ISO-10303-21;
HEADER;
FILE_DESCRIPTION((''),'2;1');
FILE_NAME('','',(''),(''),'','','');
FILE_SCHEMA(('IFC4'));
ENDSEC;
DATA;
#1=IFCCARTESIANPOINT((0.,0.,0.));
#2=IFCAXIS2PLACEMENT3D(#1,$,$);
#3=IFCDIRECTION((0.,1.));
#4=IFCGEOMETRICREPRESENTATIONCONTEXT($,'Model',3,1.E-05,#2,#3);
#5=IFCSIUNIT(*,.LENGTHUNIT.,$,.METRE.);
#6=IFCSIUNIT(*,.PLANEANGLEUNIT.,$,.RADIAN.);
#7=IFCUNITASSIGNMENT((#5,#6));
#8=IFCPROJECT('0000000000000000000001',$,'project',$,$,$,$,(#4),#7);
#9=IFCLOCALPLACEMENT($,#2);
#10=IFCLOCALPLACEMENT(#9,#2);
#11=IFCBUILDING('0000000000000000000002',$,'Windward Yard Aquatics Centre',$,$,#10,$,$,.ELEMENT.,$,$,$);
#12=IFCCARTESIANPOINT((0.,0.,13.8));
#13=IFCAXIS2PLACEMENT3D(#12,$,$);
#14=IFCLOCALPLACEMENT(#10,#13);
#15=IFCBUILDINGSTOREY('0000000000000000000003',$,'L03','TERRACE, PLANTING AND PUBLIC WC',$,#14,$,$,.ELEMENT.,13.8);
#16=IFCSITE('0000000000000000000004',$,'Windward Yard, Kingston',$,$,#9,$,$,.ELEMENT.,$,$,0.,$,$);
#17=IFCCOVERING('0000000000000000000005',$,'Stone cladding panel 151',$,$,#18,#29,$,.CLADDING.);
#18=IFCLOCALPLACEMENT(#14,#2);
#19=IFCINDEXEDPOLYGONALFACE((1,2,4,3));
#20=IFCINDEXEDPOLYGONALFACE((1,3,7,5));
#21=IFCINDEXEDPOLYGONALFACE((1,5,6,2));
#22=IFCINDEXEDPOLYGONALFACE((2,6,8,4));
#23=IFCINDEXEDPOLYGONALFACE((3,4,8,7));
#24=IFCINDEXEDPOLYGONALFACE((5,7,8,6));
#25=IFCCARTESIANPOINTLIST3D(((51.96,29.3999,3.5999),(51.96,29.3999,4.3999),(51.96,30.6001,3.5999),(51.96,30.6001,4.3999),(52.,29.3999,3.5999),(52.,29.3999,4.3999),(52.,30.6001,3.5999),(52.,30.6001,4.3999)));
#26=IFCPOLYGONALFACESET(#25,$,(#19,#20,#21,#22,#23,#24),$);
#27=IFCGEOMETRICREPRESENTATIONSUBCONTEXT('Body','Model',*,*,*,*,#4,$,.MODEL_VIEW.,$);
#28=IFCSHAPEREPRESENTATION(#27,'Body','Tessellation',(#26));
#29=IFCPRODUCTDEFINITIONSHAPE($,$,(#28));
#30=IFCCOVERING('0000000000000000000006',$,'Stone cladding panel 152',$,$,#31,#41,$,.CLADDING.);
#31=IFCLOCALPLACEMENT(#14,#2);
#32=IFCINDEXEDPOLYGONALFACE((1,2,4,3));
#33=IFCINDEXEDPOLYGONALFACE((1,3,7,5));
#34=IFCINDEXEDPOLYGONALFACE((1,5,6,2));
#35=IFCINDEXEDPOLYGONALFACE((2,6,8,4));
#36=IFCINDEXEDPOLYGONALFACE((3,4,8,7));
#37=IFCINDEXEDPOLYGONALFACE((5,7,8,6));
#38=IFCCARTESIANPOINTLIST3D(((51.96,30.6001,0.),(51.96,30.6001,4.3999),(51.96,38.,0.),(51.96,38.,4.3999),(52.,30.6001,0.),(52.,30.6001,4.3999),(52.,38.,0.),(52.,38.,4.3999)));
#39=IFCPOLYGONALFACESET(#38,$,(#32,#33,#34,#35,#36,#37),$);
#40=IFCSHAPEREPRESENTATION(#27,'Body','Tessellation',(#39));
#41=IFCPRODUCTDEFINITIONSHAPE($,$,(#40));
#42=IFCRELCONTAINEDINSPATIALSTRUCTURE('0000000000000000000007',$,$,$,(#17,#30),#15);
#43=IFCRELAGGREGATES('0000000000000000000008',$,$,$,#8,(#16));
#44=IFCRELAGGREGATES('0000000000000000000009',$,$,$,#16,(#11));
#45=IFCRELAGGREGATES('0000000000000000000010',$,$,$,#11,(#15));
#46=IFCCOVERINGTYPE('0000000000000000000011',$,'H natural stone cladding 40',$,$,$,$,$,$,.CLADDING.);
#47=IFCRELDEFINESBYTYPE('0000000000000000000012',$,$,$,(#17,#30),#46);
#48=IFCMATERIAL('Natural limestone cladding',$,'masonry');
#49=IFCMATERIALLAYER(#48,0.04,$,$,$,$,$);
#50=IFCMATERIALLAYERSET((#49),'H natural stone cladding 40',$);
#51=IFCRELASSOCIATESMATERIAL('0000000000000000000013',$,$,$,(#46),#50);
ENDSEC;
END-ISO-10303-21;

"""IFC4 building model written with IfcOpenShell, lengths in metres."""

from ifc_helpers import new_model, si_unit, direction, frame, origin, place, context, subcontext, project, spatial, polyline, outline, extrude, material, layer, layer_set, type_object, element, save


model = new_model("IFC4")

# Units and contexts
model_context = context("Model", 3, precision=1e-05, world=origin(), true_north=direction((0.0, 1.0)))
body_context = subcontext(model_context, "Body", "Model", "MODEL_VIEW")
ifc_project = project(units=[si_unit("LENGTHUNIT", "METRE"), si_unit("PLANEANGLEUNIT", "RADIAN")], contexts=[model_context])

# Site, building, storey
site_placement = place(None, origin())
site = spatial("IfcSite", under=ifc_project, at=site_placement, Name="Windward Yard, Kingston", CompositionType="ELEMENT", RefElevation=0.0)
building_placement = place(site_placement, origin())
building = spatial("IfcBuilding", under=site, at=building_placement, Name="Windward Yard Aquatics Centre", CompositionType="ELEMENT")
storey_placement = place(building_placement, frame((0.0, 0.0, 13.8)))
storey = spatial("IfcBuildingStorey", under=building, at=storey_placement, Name="L03", Description="TERRACE, PLANTING AND PUBLIC WC", CompositionType="ELEMENT", Elevation=13.8)

# Coverings
ifc_material_1 = material(Name="Natural limestone cladding", Category="masonry")
ifc_layer_1 = layer(ifc_material_1, 0.04)
ifc_layer_set_1 = layer_set([ifc_layer_1], Name="H natural stone cladding 40")
covering_type = type_object("IfcCoveringType", Name="H natural stone cladding 40", PredefinedType="CLADDING", material=ifc_layer_set_1)
covering_1_placement = place(storey_placement, frame((0.0, 0.0, 3.5999)))
element("IfcCovering", 1, at=covering_1_placement, inside=storey, type_object=covering_type, Name="Stone cladding panel 151", PredefinedType="CLADDING", context=body_context, shape_type="SweptSolid", body=[
    extrude(outline(polyline([(51.96, 29.3999), (52.0, 29.3999), (52.0, 30.6001), (51.96, 30.6001), (51.96, 29.3999)])), origin(), (0.0, 0.0, 1.0), 0.8),
])
covering_2_placement = place(storey_placement, origin())
element("IfcCovering", 2, at=covering_2_placement, inside=storey, type_object=covering_type, Name="Stone cladding panel 152", PredefinedType="CLADDING", context=body_context, shape_type="SweptSolid", body=[
    extrude(outline(polyline([(51.96, 30.6001), (52.0, 30.6001), (52.0, 38.0), (51.96, 38.0), (51.96, 30.6001)])), origin(), (0.0, 0.0, 1.0), 4.3999),
])

save(model, "model.ifc")
